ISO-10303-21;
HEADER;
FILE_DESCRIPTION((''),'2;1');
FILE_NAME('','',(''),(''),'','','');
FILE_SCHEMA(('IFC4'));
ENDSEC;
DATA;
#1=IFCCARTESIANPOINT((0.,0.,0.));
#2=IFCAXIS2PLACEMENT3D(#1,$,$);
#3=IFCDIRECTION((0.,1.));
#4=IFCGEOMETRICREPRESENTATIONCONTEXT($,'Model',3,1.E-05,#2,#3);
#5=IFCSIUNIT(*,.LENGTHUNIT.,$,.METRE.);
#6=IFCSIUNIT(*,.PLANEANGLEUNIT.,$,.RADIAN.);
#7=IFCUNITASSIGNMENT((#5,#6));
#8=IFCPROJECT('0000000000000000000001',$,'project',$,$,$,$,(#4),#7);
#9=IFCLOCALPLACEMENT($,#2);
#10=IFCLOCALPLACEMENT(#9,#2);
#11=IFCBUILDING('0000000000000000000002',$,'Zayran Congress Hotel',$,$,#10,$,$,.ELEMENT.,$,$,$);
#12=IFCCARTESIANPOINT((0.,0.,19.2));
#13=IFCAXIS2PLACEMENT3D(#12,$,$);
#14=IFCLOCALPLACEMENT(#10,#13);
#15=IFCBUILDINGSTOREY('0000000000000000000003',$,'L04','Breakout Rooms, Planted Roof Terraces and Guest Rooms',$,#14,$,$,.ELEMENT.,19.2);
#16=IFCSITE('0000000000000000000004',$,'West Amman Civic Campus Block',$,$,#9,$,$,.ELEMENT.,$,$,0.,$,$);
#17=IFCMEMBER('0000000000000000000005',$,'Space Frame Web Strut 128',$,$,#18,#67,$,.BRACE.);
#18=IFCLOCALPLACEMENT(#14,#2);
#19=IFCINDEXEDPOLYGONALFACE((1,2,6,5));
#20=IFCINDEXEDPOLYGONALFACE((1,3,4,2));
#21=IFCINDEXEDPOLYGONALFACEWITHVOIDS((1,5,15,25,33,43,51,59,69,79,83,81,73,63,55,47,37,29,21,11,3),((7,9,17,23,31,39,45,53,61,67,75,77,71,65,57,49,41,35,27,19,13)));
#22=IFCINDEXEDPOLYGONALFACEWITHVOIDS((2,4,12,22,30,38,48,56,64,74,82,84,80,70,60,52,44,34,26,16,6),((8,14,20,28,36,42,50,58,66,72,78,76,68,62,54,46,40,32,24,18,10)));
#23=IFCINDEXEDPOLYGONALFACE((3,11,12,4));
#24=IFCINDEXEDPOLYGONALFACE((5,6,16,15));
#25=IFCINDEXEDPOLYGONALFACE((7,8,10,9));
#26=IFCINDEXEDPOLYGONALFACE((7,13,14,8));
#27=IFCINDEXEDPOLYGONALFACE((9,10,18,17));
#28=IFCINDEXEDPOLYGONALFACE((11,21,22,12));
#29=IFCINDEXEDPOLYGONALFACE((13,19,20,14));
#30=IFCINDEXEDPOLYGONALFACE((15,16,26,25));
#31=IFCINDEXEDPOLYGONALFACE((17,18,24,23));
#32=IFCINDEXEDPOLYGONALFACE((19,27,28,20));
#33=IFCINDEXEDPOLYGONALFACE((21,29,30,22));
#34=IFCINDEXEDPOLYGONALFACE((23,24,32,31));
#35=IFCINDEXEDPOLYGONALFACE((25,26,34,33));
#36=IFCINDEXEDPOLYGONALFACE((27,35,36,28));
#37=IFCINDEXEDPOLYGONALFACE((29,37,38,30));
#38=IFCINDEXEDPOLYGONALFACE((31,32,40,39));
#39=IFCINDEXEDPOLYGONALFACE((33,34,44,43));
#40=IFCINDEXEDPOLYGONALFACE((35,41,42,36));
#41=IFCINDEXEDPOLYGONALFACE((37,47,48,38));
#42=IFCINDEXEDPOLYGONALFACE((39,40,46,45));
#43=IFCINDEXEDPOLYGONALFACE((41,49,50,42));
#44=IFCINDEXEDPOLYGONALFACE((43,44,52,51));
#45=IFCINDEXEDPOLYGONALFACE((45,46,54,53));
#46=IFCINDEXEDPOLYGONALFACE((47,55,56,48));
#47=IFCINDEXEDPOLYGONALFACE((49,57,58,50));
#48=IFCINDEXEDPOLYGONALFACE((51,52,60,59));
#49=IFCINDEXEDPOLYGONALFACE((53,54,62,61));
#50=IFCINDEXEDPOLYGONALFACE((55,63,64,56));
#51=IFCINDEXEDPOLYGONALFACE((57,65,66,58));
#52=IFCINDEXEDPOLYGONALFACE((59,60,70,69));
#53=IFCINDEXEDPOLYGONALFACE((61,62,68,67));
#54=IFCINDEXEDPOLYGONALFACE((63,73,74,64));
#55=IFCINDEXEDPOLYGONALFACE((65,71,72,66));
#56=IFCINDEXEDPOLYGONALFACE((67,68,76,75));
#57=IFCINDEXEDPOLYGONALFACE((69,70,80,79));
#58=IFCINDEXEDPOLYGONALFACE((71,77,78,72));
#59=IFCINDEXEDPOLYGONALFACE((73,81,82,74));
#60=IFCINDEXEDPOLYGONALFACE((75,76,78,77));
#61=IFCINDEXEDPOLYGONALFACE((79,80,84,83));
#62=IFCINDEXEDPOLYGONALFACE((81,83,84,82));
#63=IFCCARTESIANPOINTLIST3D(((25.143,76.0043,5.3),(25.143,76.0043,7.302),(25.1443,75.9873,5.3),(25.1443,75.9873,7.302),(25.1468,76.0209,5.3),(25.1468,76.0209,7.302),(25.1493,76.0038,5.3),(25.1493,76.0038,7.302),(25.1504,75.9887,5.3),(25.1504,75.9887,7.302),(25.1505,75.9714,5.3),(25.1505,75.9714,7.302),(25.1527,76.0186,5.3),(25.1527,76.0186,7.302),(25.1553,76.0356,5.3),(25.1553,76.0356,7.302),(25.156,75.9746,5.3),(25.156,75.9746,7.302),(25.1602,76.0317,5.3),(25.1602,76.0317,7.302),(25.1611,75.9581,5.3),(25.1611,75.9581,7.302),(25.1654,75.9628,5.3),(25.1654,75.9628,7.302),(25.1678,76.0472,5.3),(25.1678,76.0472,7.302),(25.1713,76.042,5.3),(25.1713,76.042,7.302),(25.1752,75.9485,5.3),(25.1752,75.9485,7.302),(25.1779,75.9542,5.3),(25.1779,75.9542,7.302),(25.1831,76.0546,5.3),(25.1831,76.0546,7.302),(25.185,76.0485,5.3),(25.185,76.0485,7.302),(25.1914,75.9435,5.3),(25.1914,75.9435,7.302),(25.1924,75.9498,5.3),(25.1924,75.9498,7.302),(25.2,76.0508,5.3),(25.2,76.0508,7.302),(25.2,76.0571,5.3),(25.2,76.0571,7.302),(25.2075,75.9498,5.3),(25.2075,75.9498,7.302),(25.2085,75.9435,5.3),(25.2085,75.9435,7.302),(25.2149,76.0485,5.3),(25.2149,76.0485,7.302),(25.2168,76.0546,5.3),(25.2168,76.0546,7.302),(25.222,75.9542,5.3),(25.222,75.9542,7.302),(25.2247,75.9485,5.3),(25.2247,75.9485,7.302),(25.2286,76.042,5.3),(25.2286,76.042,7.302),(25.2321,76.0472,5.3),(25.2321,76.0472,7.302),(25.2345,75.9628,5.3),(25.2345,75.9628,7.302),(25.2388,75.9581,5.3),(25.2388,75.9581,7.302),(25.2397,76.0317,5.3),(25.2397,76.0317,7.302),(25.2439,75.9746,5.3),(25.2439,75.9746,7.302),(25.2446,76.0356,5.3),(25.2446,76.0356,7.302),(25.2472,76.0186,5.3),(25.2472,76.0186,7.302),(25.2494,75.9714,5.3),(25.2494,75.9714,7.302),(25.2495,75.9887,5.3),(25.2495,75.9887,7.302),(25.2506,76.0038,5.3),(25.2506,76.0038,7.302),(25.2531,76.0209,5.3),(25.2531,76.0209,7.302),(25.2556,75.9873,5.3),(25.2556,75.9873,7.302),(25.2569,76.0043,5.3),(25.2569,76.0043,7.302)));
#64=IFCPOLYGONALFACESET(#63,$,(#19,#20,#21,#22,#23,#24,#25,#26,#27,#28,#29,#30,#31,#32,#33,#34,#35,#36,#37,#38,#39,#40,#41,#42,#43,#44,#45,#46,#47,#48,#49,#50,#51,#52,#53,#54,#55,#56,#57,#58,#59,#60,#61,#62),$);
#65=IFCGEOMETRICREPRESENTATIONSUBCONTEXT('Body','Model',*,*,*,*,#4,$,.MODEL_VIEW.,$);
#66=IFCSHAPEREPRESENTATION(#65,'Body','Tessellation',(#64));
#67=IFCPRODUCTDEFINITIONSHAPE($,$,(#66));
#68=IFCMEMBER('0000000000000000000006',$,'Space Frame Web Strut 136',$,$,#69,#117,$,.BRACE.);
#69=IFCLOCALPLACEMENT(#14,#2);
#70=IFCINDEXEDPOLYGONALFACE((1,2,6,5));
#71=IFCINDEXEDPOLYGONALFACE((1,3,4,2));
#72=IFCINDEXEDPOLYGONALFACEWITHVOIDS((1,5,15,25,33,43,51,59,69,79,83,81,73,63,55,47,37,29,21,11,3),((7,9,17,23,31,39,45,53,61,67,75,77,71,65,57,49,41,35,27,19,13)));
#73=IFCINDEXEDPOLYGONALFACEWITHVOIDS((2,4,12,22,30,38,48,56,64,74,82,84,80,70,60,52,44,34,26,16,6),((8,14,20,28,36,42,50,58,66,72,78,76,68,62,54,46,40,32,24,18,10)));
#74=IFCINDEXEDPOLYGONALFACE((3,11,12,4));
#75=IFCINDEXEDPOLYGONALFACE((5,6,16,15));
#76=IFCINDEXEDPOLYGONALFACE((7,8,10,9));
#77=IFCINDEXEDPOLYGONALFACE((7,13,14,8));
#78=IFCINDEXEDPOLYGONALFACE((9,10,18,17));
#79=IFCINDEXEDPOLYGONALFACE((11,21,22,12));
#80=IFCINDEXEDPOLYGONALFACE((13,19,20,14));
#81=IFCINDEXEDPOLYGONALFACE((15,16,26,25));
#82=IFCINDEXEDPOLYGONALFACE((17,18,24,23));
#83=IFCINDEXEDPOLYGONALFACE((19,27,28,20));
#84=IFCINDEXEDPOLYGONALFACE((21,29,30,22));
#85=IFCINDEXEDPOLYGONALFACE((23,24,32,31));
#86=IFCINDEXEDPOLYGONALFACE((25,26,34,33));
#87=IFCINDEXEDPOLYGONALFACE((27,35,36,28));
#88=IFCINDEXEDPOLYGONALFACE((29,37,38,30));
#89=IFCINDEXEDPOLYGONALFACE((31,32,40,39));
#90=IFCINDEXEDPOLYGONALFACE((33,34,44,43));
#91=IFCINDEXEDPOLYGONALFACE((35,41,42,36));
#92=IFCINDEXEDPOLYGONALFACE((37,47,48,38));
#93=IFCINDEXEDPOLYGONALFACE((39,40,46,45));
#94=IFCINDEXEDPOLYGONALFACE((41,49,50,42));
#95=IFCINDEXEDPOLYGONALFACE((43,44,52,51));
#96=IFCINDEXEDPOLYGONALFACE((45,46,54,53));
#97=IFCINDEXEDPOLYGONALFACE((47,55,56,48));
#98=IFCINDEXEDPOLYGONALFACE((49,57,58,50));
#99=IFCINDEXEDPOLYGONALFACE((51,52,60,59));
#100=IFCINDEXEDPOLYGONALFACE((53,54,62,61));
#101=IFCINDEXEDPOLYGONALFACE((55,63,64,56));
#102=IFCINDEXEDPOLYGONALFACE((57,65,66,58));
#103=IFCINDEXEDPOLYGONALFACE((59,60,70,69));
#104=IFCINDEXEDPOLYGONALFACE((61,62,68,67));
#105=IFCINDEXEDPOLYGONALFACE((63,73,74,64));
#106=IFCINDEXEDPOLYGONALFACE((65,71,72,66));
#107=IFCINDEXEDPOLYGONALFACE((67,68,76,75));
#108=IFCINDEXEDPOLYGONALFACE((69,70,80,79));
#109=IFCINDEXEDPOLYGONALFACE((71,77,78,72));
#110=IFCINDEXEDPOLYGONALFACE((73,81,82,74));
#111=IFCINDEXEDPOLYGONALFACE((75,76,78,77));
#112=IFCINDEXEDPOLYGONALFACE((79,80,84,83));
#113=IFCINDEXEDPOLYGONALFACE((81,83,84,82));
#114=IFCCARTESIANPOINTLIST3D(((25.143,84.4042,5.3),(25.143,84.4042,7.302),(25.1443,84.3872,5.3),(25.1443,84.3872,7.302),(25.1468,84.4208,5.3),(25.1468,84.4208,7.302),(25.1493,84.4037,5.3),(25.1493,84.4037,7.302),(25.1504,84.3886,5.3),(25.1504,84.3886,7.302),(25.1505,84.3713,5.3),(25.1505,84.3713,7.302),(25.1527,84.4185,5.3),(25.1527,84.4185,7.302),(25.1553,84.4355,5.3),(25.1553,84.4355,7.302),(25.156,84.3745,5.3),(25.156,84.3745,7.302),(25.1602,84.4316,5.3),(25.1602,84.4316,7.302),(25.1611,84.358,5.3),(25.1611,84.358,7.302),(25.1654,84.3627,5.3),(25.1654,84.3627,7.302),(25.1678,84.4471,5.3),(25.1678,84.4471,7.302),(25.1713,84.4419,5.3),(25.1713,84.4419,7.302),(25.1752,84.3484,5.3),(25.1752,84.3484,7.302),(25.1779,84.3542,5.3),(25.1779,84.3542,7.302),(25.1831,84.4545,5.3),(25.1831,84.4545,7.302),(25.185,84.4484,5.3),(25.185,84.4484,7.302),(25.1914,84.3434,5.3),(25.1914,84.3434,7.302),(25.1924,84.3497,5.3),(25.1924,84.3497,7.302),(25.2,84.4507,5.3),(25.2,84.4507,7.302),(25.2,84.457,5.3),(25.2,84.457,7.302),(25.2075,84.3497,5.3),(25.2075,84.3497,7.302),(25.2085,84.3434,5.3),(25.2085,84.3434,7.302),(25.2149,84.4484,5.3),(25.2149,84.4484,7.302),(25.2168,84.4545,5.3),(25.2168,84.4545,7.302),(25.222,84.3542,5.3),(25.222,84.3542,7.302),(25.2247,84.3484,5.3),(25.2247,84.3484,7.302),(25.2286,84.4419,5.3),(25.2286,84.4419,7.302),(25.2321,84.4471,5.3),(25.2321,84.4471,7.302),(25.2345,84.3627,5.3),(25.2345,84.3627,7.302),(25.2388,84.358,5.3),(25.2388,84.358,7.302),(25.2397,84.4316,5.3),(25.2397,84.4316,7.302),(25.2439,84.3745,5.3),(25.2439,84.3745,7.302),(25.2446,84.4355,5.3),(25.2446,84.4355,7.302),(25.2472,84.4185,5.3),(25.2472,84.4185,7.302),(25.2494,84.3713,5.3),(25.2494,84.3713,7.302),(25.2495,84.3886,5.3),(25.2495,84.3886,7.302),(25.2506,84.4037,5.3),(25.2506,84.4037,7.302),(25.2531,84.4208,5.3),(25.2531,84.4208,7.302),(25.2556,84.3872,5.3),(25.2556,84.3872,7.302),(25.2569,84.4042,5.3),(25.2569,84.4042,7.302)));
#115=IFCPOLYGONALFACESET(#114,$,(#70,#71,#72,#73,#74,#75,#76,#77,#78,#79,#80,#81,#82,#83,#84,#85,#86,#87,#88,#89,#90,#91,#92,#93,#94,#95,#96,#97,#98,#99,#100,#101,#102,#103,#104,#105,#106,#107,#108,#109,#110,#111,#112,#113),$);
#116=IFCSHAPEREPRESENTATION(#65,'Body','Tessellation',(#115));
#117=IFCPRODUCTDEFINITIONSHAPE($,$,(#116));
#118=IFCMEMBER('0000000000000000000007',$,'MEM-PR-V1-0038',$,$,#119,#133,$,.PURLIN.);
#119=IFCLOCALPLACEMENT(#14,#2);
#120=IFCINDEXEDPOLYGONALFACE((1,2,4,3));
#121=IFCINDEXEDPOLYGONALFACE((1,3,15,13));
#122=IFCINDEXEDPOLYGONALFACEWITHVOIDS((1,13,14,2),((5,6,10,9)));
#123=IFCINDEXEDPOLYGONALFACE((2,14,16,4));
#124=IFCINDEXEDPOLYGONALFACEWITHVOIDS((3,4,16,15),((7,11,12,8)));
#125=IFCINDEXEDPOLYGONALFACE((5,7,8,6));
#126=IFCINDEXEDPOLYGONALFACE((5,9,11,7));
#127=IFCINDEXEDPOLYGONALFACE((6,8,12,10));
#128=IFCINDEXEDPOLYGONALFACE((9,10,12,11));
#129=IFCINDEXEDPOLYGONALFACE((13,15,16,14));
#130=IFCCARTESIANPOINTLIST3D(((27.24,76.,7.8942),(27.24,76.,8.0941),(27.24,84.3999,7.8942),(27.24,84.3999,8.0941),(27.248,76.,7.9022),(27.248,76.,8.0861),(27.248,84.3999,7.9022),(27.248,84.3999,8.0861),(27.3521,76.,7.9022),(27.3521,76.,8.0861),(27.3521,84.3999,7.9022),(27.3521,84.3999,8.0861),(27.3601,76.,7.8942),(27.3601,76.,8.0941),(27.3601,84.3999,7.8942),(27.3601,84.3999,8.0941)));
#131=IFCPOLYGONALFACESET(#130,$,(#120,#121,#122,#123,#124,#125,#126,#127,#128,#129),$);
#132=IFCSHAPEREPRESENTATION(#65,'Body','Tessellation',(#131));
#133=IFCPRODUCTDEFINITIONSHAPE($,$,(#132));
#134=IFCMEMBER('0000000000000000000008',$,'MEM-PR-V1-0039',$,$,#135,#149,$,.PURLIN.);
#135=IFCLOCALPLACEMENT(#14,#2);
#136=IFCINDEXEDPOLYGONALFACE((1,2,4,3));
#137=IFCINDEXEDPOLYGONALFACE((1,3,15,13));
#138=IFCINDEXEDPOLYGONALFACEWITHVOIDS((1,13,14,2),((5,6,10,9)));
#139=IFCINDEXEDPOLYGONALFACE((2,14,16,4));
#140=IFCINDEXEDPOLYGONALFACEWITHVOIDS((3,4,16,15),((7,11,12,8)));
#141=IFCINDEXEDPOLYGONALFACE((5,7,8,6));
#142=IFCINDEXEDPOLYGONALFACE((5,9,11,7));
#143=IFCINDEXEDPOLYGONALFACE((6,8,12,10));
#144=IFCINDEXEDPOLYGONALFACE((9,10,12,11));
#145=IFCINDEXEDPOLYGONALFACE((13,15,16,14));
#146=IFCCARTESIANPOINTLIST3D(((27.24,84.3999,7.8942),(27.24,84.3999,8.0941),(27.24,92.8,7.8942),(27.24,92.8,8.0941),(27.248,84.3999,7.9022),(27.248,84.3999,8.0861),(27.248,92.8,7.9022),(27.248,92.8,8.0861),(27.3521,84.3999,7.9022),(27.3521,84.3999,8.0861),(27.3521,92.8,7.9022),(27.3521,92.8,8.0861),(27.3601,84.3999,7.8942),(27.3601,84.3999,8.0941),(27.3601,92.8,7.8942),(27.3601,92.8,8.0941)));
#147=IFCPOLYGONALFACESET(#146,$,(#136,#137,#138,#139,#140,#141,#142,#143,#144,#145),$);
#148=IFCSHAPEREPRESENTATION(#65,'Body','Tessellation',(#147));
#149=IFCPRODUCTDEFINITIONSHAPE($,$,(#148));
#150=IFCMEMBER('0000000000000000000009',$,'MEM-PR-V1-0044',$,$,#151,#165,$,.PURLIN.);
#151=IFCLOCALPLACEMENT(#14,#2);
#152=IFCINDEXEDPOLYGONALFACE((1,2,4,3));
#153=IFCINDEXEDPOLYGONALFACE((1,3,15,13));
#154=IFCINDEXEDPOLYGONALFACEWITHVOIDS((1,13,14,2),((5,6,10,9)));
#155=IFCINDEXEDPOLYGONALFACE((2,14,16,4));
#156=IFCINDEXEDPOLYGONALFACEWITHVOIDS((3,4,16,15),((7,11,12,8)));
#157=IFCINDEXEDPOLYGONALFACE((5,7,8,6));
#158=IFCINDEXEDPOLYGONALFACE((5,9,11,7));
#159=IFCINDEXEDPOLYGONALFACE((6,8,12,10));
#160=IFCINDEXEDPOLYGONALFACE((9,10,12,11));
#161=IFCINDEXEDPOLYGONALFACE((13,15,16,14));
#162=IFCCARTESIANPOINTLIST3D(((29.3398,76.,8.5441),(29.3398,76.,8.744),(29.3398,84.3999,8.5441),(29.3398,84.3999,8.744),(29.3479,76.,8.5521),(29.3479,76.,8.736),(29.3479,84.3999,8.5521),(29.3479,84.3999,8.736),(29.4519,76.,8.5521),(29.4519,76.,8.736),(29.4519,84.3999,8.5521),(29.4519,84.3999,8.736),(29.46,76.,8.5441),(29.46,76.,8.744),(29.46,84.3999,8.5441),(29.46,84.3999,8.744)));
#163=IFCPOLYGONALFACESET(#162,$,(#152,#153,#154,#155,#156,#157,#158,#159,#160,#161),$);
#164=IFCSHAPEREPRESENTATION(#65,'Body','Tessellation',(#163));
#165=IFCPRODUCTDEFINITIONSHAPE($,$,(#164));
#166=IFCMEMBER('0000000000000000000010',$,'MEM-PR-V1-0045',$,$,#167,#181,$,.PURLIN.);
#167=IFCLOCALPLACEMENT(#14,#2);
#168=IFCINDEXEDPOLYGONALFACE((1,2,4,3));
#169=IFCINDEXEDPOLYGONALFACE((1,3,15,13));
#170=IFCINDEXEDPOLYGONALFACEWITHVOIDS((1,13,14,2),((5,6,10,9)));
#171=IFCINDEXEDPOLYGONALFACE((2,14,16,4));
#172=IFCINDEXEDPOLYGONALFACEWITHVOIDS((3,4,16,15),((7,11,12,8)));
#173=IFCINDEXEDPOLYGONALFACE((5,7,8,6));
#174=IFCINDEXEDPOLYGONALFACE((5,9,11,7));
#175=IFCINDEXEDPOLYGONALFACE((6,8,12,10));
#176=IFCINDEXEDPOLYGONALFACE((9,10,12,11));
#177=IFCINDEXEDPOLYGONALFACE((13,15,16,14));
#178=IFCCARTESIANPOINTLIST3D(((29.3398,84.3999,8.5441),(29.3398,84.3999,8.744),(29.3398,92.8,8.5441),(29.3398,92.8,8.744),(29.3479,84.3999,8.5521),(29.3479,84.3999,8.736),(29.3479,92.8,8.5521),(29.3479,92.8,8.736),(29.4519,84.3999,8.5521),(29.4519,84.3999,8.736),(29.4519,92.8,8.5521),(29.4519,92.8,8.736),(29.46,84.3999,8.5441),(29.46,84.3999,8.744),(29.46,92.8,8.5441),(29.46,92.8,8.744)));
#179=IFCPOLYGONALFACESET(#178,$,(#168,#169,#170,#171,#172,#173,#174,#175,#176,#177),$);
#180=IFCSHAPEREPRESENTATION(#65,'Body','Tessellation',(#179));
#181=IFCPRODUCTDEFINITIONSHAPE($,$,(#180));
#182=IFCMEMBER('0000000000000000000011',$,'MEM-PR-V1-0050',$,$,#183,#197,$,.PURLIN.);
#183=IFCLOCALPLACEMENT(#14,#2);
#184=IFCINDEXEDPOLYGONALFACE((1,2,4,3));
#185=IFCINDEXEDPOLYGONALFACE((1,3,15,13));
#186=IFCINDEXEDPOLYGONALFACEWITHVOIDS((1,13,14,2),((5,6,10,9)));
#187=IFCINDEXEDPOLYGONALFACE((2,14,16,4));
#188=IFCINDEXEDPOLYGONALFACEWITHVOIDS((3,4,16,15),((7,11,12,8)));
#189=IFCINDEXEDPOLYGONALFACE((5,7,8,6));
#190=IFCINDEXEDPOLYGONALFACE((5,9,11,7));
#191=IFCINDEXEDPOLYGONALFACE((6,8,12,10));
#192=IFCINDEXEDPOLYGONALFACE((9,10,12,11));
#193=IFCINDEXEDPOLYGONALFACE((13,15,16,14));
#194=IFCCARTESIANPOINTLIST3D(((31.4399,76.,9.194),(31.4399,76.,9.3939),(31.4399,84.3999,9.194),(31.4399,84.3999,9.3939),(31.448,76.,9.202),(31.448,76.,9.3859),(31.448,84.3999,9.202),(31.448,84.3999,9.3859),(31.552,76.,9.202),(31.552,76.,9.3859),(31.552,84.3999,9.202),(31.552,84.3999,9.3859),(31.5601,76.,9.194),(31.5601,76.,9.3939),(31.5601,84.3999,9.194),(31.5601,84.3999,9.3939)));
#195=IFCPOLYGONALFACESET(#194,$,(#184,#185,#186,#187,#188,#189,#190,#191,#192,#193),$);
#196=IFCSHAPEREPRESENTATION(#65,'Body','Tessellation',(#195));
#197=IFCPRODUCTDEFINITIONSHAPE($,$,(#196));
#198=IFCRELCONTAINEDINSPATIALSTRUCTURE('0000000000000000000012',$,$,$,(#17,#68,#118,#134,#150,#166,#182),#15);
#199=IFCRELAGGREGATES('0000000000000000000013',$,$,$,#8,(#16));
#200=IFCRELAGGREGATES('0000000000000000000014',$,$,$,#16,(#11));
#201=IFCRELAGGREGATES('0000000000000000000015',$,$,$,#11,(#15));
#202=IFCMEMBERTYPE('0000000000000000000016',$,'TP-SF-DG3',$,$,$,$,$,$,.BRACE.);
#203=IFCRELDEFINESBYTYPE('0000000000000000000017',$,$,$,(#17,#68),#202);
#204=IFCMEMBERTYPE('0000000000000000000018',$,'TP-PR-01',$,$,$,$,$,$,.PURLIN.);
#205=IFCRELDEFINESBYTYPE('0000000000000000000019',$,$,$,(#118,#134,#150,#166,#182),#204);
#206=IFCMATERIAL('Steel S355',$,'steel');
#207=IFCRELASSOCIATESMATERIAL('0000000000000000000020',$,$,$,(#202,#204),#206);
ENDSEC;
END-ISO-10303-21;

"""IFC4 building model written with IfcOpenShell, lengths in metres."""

from ifc_helpers import new_model, si_unit, direction, frame, origin, origin_2d, place, context, subcontext, project, spatial, hollow_rectangle, hollow_circle, extrude, material, material_profile, profile_set, type_object, element, save


model = new_model("IFC4")

# Units and contexts
model_context = context("Model", 3, precision=1e-05, world=origin(), true_north=direction((0.0, 1.0)))
body_context = subcontext(model_context, "Body", "Model", "MODEL_VIEW")
ifc_project = project(units=[si_unit("LENGTHUNIT", "METRE"), si_unit("PLANEANGLEUNIT", "RADIAN")], contexts=[model_context])

# Site, building, storey
site_placement = place(None, origin())
site = spatial("IfcSite", under=ifc_project, at=site_placement, Name="West Amman Civic Campus Block", CompositionType="ELEMENT", RefElevation=0.0)
building_placement = place(site_placement, origin())
building = spatial("IfcBuilding", under=site, at=building_placement, Name="Zayran Congress Hotel", CompositionType="ELEMENT")
storey_placement = place(building_placement, frame((0.0, 0.0, 19.2)))
storey = spatial("IfcBuildingStorey", under=building, at=storey_placement, Name="L04", Description="Breakout Rooms, Planted Roof Terraces and Guest Rooms", CompositionType="ELEMENT", Elevation=19.2)

# Members
ifc_material_1 = material(Name="Steel S355", Category="steel")
ifc_material_profile_1 = material_profile(ifc_material_1, hollow_circle(Radius=0.0571, WallThickness=0.0063, at=origin_2d()), Name="CHS 114.3x6.3")
ifc_profile_set_1 = profile_set([ifc_material_profile_1], Name="Steel S355")
member_type_1 = type_object("IfcMemberType", Name="TP-SF-DG3", PredefinedType="BRACE", material=ifc_profile_set_1)
for number, where, z_axis, x_axis, name in (
    (1, (25.2, 76.0, 5.3), (0.0, 0.0, 1.0), (0.0, 1.0, 0.0), "Space Frame Web Strut 128"),
    (2, (25.2, 84.3999, 5.3), (0.0, 0.0, 1.0), (0.0, 1.0, 0.0), "Space Frame Web Strut 136"),
):
    element("IfcMember", number, at=place(storey_placement, frame(where, z_axis=z_axis, x_axis=x_axis)), inside=storey, type_object=member_type_1, Name=name, PredefinedType="BRACE", context=body_context, shape_type="SweptSolid", body=[
        extrude(hollow_circle(Radius=0.0571, WallThickness=0.0063, at=origin_2d()), origin(), (0.0, 0.0, 1.0), 2.002),
    ])
ifc_material_profile_2 = material_profile(ifc_material_1, hollow_rectangle(XDim=0.1201, YDim=0.2, WallThickness=0.0081, at=origin_2d()), Name="RHS 200x120x8")
ifc_profile_set_2 = profile_set([ifc_material_profile_2], Name="Steel S355")
member_type_2 = type_object("IfcMemberType", Name="TP-PR-01", PredefinedType="PURLIN", material=ifc_profile_set_2)
member_1_placement = place(storey_placement, frame((27.3, 76.0, 7.9941), z_axis=(0.0, 1.0, 0.0), x_axis=(-1.0, 0.0, 0.0)))
element("IfcMember", 3, at=member_1_placement, inside=storey, type_object=member_type_2, Name="MEM-PR-V1-0038", PredefinedType="PURLIN", context=body_context, shape_type="SweptSolid", body=[
    extrude(hollow_rectangle(XDim=0.1201, YDim=0.2, WallThickness=0.0081, at=origin_2d()), origin(), (0.0, 0.0, 1.0), 8.3999),
])
member_2_placement = place(storey_placement, frame((27.3, 84.3999, 7.9941), z_axis=(0.0, 1.0, 0.0), x_axis=(-1.0, 0.0, 0.0)))
element("IfcMember", 4, at=member_2_placement, inside=storey, type_object=member_type_2, Name="MEM-PR-V1-0039", PredefinedType="PURLIN", context=body_context, shape_type="SweptSolid", body=[
    extrude(hollow_rectangle(XDim=0.1201, YDim=0.2, WallThickness=0.0081, at=origin_2d()), origin(), (0.0, 0.0, 1.0), 8.4001),
])
member_3_placement = place(storey_placement, frame((29.3999, 76.0, 8.644), z_axis=(0.0, 1.0, 0.0), x_axis=(-1.0, 0.0, 0.0)))
element("IfcMember", 5, at=member_3_placement, inside=storey, type_object=member_type_2, Name="MEM-PR-V1-0044", PredefinedType="PURLIN", context=body_context, shape_type="SweptSolid", body=[
    extrude(hollow_rectangle(XDim=0.1201, YDim=0.2, WallThickness=0.0081, at=origin_2d()), origin(), (0.0, 0.0, 1.0), 8.3999),
])
member_4_placement = place(storey_placement, frame((29.3999, 84.3999, 8.644), z_axis=(0.0, 1.0, 0.0), x_axis=(-1.0, 0.0, 0.0)))
element("IfcMember", 6, at=member_4_placement, inside=storey, type_object=member_type_2, Name="MEM-PR-V1-0045", PredefinedType="PURLIN", context=body_context, shape_type="SweptSolid", body=[
    extrude(hollow_rectangle(XDim=0.1201, YDim=0.2, WallThickness=0.0081, at=origin_2d()), origin(), (0.0, 0.0, 1.0), 8.4001),
])
member_5_placement = place(storey_placement, frame((31.5, 76.0, 9.2939), z_axis=(0.0, 1.0, 0.0), x_axis=(-1.0, 0.0, 0.0)))
element("IfcMember", 7, at=member_5_placement, inside=storey, type_object=member_type_2, Name="MEM-PR-V1-0050", PredefinedType="PURLIN", context=body_context, shape_type="SweptSolid", body=[
    extrude(hollow_rectangle(XDim=0.1201, YDim=0.2, WallThickness=0.0081, at=origin_2d()), origin(), (0.0, 0.0, 1.0), 8.3999),
])

save(model, "model.ifc")
